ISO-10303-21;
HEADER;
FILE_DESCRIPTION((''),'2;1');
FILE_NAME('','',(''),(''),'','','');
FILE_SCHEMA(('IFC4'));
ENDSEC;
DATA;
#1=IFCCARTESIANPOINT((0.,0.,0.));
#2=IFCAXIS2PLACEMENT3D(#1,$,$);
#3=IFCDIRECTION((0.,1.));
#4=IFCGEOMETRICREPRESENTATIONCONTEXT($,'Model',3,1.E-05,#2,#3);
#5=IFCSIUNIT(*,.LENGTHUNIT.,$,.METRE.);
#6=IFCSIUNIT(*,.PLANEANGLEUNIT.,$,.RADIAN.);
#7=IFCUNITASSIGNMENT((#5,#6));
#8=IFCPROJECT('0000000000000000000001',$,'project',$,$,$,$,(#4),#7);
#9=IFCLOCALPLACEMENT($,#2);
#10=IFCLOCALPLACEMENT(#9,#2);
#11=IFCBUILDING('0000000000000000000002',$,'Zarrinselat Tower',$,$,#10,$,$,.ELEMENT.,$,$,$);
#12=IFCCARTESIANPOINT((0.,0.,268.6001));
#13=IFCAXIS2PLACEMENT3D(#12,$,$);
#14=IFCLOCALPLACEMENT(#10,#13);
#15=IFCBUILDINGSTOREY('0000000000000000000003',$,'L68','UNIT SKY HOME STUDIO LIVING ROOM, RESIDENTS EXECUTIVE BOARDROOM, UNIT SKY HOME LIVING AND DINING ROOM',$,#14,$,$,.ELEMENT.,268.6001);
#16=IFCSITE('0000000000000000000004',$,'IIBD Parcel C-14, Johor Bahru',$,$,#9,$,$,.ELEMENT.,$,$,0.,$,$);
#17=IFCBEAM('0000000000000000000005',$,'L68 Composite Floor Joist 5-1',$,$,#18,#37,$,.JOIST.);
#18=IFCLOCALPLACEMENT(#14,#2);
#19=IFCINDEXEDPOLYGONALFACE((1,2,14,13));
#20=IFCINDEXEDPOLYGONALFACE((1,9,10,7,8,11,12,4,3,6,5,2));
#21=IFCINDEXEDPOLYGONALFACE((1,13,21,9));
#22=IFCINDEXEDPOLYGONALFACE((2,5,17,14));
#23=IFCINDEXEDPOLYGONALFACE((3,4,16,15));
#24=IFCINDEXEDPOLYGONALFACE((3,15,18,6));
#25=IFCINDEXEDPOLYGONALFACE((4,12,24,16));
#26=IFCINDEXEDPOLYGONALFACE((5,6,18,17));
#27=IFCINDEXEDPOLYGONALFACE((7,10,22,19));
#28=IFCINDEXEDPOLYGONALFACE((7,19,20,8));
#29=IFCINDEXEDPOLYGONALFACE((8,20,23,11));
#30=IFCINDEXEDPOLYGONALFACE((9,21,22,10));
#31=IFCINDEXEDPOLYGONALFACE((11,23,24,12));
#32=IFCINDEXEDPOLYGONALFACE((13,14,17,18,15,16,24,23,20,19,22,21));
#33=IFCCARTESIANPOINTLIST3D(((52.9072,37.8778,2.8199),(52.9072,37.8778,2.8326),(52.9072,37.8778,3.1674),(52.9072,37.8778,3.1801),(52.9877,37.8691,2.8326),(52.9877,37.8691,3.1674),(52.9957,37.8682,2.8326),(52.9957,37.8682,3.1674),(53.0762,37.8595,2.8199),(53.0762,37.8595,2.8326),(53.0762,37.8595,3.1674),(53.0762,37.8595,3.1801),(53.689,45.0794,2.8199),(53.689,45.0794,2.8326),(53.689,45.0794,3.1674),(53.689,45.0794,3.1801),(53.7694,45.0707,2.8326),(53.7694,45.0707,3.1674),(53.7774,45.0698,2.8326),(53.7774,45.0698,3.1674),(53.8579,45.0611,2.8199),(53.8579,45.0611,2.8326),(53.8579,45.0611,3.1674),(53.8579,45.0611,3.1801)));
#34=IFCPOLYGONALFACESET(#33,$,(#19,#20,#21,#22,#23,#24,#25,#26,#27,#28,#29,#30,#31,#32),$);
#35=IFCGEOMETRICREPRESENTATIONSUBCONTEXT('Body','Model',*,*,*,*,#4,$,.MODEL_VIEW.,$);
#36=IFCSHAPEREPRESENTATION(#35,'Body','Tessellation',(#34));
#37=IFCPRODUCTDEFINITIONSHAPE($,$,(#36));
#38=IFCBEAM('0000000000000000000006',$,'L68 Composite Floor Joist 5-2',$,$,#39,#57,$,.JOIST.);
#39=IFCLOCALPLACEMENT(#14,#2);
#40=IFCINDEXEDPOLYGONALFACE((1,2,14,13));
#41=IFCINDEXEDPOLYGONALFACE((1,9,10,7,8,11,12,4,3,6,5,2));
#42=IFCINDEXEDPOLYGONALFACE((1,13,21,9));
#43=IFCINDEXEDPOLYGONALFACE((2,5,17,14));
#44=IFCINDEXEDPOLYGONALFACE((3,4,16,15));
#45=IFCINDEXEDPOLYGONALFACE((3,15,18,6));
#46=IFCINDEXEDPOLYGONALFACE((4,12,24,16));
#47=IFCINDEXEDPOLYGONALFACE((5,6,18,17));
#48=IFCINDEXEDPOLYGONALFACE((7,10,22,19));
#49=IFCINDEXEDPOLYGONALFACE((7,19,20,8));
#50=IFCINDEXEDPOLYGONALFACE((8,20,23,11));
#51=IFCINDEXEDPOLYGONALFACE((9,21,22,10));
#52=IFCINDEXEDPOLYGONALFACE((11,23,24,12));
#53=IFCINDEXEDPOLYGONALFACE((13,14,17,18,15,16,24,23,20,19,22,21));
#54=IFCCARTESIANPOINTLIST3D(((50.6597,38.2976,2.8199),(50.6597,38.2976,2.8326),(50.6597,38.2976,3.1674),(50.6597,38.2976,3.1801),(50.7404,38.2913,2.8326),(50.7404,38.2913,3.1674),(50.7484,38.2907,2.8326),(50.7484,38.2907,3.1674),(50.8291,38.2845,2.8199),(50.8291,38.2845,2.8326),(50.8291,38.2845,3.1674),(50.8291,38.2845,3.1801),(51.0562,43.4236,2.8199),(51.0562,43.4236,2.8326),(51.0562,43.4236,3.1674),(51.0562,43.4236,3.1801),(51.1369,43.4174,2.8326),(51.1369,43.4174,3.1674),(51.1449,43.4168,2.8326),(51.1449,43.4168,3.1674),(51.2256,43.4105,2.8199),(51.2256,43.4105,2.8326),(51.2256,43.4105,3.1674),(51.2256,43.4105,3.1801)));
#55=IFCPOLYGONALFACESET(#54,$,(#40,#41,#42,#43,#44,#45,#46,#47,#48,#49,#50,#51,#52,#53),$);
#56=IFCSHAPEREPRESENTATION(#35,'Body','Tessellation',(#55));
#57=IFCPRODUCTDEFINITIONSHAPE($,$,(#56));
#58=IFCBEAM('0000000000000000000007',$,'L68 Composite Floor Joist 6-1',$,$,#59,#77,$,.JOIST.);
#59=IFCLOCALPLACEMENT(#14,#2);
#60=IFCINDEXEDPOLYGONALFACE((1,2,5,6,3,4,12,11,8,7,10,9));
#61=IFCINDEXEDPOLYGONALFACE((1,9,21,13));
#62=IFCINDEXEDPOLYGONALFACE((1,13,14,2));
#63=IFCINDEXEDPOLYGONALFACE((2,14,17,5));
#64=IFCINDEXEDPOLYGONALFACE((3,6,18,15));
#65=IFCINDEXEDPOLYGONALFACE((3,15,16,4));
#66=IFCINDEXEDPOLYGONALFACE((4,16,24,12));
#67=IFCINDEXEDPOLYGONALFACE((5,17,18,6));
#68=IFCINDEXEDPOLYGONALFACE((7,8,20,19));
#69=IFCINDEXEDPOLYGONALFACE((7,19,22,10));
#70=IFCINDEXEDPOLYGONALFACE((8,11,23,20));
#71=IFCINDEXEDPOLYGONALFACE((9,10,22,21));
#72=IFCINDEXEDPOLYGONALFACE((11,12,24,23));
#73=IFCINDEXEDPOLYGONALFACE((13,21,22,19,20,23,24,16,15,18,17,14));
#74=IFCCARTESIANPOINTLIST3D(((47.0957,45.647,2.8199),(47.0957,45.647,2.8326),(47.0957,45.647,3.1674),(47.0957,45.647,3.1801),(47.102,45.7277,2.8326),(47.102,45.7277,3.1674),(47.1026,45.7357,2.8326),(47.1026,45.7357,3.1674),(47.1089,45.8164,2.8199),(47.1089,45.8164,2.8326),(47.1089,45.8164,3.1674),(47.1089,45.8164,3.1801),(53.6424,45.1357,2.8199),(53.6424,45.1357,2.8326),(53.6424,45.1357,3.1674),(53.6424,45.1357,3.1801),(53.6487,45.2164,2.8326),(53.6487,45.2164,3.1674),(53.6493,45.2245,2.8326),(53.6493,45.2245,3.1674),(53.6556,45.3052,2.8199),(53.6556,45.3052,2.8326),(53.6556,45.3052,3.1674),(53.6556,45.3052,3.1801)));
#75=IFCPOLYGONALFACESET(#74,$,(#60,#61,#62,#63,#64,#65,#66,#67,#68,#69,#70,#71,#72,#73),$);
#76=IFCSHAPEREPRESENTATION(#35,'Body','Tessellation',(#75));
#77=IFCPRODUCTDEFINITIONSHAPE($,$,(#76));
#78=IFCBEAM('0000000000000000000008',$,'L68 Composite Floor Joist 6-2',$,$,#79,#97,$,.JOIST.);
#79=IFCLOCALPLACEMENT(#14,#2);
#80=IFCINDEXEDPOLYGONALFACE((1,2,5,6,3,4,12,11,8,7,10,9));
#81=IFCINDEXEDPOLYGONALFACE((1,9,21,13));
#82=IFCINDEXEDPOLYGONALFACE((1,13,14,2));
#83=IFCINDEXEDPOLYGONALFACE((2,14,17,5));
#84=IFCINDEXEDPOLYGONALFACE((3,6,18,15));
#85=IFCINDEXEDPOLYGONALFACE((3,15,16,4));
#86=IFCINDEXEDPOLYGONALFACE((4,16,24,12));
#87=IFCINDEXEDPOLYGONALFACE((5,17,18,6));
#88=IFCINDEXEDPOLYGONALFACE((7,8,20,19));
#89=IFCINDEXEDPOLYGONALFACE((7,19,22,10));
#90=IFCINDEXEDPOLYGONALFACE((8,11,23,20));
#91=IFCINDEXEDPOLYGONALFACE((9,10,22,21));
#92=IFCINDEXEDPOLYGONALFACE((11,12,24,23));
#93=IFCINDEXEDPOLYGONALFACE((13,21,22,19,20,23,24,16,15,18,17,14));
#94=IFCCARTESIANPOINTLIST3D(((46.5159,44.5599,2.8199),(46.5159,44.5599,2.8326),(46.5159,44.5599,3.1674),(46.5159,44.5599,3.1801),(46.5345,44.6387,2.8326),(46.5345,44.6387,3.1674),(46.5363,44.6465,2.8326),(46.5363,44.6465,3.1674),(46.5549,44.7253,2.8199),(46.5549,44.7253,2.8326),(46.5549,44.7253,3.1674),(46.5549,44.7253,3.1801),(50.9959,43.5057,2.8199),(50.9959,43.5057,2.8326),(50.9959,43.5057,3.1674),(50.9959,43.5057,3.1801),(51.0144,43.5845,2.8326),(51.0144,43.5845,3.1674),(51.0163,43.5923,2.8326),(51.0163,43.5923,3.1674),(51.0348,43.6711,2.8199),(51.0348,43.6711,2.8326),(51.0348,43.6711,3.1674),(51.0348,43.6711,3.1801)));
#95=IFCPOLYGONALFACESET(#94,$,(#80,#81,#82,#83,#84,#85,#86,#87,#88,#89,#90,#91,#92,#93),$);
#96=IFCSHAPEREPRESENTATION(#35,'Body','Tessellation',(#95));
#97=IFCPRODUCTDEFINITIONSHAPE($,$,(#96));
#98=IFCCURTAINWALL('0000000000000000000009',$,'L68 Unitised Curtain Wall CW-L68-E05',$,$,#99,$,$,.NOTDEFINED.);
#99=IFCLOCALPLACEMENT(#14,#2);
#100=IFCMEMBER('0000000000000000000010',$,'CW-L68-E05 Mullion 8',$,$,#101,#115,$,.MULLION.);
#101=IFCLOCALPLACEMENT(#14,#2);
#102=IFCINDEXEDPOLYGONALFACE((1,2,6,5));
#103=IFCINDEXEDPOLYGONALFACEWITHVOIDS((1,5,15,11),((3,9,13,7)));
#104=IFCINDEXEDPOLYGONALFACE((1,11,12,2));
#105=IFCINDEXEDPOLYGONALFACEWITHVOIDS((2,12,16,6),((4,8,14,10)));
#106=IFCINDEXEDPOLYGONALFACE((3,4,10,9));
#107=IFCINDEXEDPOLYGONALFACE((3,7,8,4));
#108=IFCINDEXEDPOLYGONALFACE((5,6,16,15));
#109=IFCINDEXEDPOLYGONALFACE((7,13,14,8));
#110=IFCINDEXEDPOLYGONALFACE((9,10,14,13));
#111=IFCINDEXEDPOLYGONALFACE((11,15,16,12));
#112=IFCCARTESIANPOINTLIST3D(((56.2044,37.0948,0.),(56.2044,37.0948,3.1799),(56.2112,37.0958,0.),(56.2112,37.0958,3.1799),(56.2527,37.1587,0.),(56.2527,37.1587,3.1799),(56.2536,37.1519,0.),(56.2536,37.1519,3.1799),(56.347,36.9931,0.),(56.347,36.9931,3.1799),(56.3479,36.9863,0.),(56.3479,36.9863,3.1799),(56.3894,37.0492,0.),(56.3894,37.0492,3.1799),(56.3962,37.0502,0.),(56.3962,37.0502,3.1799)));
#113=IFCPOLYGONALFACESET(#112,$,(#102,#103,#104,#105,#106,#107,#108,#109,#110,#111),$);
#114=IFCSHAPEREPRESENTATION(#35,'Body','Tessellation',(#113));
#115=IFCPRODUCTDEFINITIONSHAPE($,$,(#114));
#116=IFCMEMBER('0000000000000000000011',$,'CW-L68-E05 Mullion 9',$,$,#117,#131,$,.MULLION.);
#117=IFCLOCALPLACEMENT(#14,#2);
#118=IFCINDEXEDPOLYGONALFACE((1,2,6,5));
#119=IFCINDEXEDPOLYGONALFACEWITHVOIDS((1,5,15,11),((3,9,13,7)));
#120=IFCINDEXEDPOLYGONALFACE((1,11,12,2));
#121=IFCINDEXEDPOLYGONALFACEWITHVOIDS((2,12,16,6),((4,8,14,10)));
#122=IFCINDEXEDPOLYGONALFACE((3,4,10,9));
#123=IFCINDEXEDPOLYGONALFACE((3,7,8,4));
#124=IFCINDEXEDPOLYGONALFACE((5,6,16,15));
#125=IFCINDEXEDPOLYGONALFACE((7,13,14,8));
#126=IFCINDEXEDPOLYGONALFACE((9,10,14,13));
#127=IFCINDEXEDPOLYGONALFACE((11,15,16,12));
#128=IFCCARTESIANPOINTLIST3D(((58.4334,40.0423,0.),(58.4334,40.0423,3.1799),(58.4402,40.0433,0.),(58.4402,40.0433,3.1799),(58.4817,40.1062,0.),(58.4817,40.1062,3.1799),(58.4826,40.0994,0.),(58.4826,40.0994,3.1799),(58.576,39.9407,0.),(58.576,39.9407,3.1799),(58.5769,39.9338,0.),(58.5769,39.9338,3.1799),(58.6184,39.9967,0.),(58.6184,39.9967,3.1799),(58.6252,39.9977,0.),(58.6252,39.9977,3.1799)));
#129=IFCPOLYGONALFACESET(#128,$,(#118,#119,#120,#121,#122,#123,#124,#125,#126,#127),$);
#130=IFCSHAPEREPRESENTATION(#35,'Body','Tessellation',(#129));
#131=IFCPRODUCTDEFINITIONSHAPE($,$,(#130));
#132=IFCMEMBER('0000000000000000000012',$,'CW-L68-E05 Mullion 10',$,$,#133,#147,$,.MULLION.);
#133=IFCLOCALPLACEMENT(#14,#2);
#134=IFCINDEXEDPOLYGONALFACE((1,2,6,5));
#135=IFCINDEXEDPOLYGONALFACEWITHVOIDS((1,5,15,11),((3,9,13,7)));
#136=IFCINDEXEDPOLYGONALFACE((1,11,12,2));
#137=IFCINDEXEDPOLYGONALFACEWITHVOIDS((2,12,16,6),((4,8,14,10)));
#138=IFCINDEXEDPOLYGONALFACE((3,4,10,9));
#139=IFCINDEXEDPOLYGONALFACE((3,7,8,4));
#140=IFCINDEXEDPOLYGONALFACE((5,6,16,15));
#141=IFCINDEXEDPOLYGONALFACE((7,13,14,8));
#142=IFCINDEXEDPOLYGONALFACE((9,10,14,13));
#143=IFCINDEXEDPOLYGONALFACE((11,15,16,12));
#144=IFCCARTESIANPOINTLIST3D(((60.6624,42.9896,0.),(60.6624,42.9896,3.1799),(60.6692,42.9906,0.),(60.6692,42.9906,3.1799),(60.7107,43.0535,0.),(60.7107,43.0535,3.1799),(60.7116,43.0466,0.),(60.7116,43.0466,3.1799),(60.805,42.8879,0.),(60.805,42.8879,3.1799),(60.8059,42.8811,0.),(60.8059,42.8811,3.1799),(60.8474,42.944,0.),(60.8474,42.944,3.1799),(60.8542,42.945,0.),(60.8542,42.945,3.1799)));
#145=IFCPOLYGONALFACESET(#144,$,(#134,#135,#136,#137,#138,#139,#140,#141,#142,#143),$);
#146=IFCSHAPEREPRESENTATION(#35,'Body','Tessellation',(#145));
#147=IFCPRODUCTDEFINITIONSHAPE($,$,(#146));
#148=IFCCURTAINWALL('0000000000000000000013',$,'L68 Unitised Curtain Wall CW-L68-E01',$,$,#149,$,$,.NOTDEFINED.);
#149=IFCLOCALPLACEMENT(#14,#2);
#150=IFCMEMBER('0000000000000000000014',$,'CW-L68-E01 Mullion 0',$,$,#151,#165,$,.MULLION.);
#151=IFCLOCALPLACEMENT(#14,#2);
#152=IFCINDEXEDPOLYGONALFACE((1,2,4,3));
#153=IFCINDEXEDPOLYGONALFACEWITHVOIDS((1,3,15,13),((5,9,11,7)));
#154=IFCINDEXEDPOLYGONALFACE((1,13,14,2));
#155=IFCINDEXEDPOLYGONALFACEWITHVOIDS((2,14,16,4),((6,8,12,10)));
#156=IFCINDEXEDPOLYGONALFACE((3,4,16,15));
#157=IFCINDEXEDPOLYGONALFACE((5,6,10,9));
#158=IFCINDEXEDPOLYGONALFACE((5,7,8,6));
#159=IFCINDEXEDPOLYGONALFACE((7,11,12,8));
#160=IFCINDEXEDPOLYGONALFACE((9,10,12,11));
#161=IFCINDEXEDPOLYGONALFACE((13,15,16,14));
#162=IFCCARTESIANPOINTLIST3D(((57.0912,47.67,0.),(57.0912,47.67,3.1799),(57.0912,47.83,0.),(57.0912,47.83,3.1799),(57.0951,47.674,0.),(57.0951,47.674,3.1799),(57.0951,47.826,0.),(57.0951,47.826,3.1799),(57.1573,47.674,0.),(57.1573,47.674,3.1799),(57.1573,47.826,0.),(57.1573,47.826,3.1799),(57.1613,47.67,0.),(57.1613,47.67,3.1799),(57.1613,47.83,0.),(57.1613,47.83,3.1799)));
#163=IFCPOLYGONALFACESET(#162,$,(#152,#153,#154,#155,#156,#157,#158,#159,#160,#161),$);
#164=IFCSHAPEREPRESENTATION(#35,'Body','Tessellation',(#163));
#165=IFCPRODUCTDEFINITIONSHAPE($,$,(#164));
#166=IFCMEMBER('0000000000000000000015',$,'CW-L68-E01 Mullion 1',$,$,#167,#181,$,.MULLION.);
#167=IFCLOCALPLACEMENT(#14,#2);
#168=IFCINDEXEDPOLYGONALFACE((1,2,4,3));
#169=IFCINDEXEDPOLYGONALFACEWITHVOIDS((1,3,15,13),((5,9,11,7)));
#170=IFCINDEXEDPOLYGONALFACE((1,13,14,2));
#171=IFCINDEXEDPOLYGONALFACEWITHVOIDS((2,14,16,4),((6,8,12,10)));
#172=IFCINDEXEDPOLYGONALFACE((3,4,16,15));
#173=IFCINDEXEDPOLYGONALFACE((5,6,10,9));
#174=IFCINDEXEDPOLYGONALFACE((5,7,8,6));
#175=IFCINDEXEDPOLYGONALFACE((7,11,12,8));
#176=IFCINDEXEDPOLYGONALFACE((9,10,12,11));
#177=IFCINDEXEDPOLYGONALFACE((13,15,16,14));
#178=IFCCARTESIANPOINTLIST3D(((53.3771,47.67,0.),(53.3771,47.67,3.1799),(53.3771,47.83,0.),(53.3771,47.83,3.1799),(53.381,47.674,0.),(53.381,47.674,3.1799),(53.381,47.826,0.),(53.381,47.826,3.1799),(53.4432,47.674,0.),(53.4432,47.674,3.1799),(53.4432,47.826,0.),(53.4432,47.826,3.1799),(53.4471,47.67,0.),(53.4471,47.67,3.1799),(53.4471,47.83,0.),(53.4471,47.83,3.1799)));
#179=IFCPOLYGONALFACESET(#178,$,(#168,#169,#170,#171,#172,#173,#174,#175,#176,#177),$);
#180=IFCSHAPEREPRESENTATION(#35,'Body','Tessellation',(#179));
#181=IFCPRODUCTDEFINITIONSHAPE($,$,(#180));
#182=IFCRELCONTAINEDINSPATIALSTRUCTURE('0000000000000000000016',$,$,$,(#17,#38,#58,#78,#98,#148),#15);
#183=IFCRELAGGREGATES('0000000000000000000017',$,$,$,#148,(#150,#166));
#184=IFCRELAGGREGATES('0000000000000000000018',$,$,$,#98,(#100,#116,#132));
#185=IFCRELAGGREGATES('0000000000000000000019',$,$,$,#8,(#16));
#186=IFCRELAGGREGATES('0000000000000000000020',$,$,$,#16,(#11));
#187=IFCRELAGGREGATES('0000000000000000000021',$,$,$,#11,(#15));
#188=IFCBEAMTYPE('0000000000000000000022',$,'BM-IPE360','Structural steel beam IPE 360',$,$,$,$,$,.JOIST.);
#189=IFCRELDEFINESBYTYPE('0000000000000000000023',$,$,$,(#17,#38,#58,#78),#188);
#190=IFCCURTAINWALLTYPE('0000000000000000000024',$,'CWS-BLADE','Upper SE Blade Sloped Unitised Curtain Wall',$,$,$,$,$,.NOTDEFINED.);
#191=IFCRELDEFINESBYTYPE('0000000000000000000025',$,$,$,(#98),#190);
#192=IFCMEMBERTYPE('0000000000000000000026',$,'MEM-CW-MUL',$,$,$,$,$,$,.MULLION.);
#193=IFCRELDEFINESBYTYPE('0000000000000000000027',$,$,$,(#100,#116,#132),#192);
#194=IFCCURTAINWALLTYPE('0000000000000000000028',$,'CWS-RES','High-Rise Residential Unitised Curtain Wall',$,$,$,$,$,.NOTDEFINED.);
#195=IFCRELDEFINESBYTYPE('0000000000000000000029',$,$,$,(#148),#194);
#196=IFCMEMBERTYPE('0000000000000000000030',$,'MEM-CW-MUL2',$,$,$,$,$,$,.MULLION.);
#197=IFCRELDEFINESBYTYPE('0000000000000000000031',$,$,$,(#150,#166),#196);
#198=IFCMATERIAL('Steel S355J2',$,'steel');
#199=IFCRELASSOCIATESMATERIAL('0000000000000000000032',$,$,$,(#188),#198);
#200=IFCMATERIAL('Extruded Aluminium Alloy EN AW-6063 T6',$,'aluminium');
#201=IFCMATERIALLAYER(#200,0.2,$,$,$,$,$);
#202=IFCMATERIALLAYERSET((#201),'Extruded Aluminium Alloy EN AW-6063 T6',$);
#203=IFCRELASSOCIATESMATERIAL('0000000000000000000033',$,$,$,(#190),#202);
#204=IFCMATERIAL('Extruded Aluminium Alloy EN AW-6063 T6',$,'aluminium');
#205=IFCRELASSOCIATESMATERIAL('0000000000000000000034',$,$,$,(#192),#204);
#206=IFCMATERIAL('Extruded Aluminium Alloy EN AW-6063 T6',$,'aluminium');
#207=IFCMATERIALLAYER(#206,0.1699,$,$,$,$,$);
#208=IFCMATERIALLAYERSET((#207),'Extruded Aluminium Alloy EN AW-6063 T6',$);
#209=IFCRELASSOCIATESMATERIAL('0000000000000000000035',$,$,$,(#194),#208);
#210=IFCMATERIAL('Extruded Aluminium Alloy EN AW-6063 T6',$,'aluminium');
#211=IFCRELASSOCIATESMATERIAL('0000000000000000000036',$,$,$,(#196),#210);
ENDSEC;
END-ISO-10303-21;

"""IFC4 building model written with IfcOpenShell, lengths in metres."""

from ifc_helpers import new_model, si_unit, direction, frame, origin, origin_2d, place, context, subcontext, project, spatial, hollow_rectangle, i_section, extrude, material, layer, layer_set, material_profile, profile_set, type_object, element, aggregate, save


model = new_model("IFC4")

# Units and contexts
model_context = context("Model", 3, precision=1e-05, world=origin(), true_north=direction((0.0, 1.0)))
body_context = subcontext(model_context, "Body", "Model", "MODEL_VIEW")
ifc_project = project(units=[si_unit("LENGTHUNIT", "METRE"), si_unit("PLANEANGLEUNIT", "RADIAN")], contexts=[model_context])

# Site, building, storey
site_placement = place(None, origin())
site = spatial("IfcSite", under=ifc_project, at=site_placement, Name="IIBD Parcel C-14, Johor Bahru", CompositionType="ELEMENT", RefElevation=0.0)
building_placement = place(site_placement, origin())
building = spatial("IfcBuilding", under=site, at=building_placement, Name="Zarrinselat Tower", CompositionType="ELEMENT")
storey_placement = place(building_placement, frame((0.0, 0.0, 268.6001)))
storey = spatial("IfcBuildingStorey", under=building, at=storey_placement, Name="L68", Description="UNIT SKY HOME STUDIO LIVING ROOM, RESIDENTS EXECUTIVE BOARDROOM, UNIT SKY HOME LIVING AND DINING ROOM", CompositionType="ELEMENT", Elevation=268.6001)

# Beams
ifc_material_1 = material(Name="Steel S355J2", Category="steel")
ifc_material_profile_1 = material_profile(ifc_material_1, i_section(OverallWidth=0.1699, OverallDepth=0.3601, WebThickness=0.0081, FlangeThickness=0.0127, at=origin_2d()), Name="IPE 360")
ifc_profile_set_1 = profile_set([ifc_material_profile_1], Name="Steel S355J2")
beam_type_1 = type_object("IfcBeamType", Name="BM-IPE360", Description="Structural steel beam IPE 360", PredefinedType="JOIST", material=ifc_profile_set_1)
beam_1_placement = place(storey_placement, frame((52.9917, 37.8687, 3.0), z_axis=(0.107916, 0.99416, 0.0), x_axis=(-0.99416, 0.107916, 0.0)))
element("IfcBeam", 1, at=beam_1_placement, inside=storey, type_object=beam_type_1, Name="L68 Composite Floor Joist 5-1", PredefinedType="JOIST", context=body_context, shape_type="SweptSolid", body=[
    extrude(i_section(OverallWidth=0.1699, OverallDepth=0.3601, WebThickness=0.0081, FlangeThickness=0.0127, at=origin_2d()), origin(), (0.0, 0.0, 1.0), 7.2439),
])
beam_2_placement = place(storey_placement, frame((50.7444, 38.291, 3.0), z_axis=(0.077118, 0.997022, 0.0), x_axis=(-0.997022, 0.077118, 0.0)))
element("IfcBeam", 2, at=beam_2_placement, inside=storey, type_object=beam_type_1, Name="L68 Composite Floor Joist 5-2", PredefinedType="JOIST", context=body_context, shape_type="SweptSolid", body=[
    extrude(i_section(OverallWidth=0.1699, OverallDepth=0.3601, WebThickness=0.0081, FlangeThickness=0.0127, at=origin_2d()), origin(), (0.0, 0.0, 1.0), 5.1414),
])
beam_3_placement = place(storey_placement, frame((47.1023, 45.7317, 3.0), z_axis=(0.996965, -0.077854, 0.0), x_axis=(0.077854, 0.996965, 0.0)))
element("IfcBeam", 3, at=beam_3_placement, inside=storey, type_object=beam_type_1, Name="L68 Composite Floor Joist 6-1", PredefinedType="JOIST", context=body_context, shape_type="SweptSolid", body=[
    extrude(i_section(OverallWidth=0.1699, OverallDepth=0.3601, WebThickness=0.0081, FlangeThickness=0.0127, at=origin_2d()), origin(), (0.0, 0.0, 1.0), 6.5667),
])
beam_4_placement = place(storey_placement, frame((46.5354, 44.6426, 3.0), z_axis=(0.973413, -0.229057, 0.0), x_axis=(0.229057, 0.973413, 0.0)))
element("IfcBeam", 4, at=beam_4_placement, inside=storey, type_object=beam_type_1, Name="L68 Composite Floor Joist 6-2", PredefinedType="JOIST", context=body_context, shape_type="SweptSolid", body=[
    extrude(i_section(OverallWidth=0.1699, OverallDepth=0.3601, WebThickness=0.0081, FlangeThickness=0.0127, at=origin_2d()), origin(), (0.0, 0.0, 1.0), 4.6023),
])

# Curtain walls, members
ifc_material_2 = material(Name="Extruded Aluminium Alloy EN AW-6063 T6", Category="aluminium")
ifc_layer_1 = layer(ifc_material_2, 0.2)
ifc_layer_set_1 = layer_set([ifc_layer_1], Name="Extruded Aluminium Alloy EN AW-6063 T6")
curtain_wall_type_1 = type_object("IfcCurtainWallType", Name="CWS-BLADE", Description="Upper SE Blade Sloped Unitised Curtain Wall", PredefinedType="NOTDEFINED", material=ifc_layer_set_1)
curtain_wall_1_placement = place(storey_placement, origin())
curtain_wall_1 = element("IfcCurtainWall", 5, at=curtain_wall_1_placement, inside=storey, type_object=curtain_wall_type_1, Name="L68 Unitised Curtain Wall CW-L68-E05", PredefinedType="NOTDEFINED")
ifc_material_3 = material(Name="Extruded Aluminium Alloy EN AW-6063 T6", Category="aluminium")
ifc_material_profile_2 = material_profile(ifc_material_3, hollow_rectangle(XDim=0.0801, YDim=0.1799, WallThickness=0.0049, at=origin_2d()), Name="RHS 180x80x5")
ifc_profile_set_2 = profile_set([ifc_material_profile_2], Name="Extruded Aluminium Alloy EN AW-6063 T6")
member_type_1 = type_object("IfcMemberType", Name="MEM-CW-MUL", PredefinedType="MULLION", material=ifc_profile_set_2)
member_1_placement = place(storey_placement, frame((56.3003, 37.0725, 0.0), z_axis=(0.0, 0.0, 1.0), x_axis=(0.60317, 0.797613, 0.0)))
member_1 = element("IfcMember", 6, at=member_1_placement, type_object=member_type_1, Name="CW-L68-E05 Mullion 8", PredefinedType="MULLION", context=body_context, shape_type="SweptSolid", body=[
    extrude(hollow_rectangle(XDim=0.0801, YDim=0.1799, WallThickness=0.0049, at=origin_2d()), origin(), (0.0, 0.0, 1.0), 3.1799),
])
member_2_placement = place(storey_placement, frame((58.5293, 40.02, 0.0), z_axis=(0.0, 0.0, 1.0), x_axis=(0.60317, 0.797613, 0.0)))
member_2 = element("IfcMember", 7, at=member_2_placement, type_object=member_type_1, Name="CW-L68-E05 Mullion 9", PredefinedType="MULLION", context=body_context, shape_type="SweptSolid", body=[
    extrude(hollow_rectangle(XDim=0.0801, YDim=0.1799, WallThickness=0.0049, at=origin_2d()), origin(), (0.0, 0.0, 1.0), 3.1799),
])
member_3_placement = place(storey_placement, frame((60.7583, 42.9673, 0.0), z_axis=(0.0, 0.0, 1.0), x_axis=(0.60317, 0.797613, 0.0)))
member_3 = element("IfcMember", 8, at=member_3_placement, type_object=member_type_1, Name="CW-L68-E05 Mullion 10", PredefinedType="MULLION", context=body_context, shape_type="SweptSolid", body=[
    extrude(hollow_rectangle(XDim=0.0801, YDim=0.1799, WallThickness=0.0049, at=origin_2d()), origin(), (0.0, 0.0, 1.0), 3.1799),
])
ifc_material_4 = material(Name="Extruded Aluminium Alloy EN AW-6063 T6", Category="aluminium")
ifc_layer_2 = layer(ifc_material_4, 0.1699)
ifc_layer_set_2 = layer_set([ifc_layer_2], Name="Extruded Aluminium Alloy EN AW-6063 T6")
curtain_wall_type_2 = type_object("IfcCurtainWallType", Name="CWS-RES", Description="High-Rise Residential Unitised Curtain Wall", PredefinedType="NOTDEFINED", material=ifc_layer_set_2)
curtain_wall_2_placement = place(storey_placement, origin())
curtain_wall_2 = element("IfcCurtainWall", 9, at=curtain_wall_2_placement, inside=storey, type_object=curtain_wall_type_2, Name="L68 Unitised Curtain Wall CW-L68-E01", PredefinedType="NOTDEFINED")
ifc_material_5 = material(Name="Extruded Aluminium Alloy EN AW-6063 T6", Category="aluminium")
ifc_material_profile_3 = material_profile(ifc_material_5, hollow_rectangle(XDim=0.0701, YDim=0.1599, WallThickness=0.0039, at=origin_2d()), Name="RHS 160x70x4")
ifc_profile_set_3 = profile_set([ifc_material_profile_3], Name="Extruded Aluminium Alloy EN AW-6063 T6")
member_type_2 = type_object("IfcMemberType", Name="MEM-CW-MUL2", PredefinedType="MULLION", material=ifc_profile_set_3)
member_4_placement = place(storey_placement, frame((57.1262, 47.75, 0.0), z_axis=(0.0, 0.0, 1.0), x_axis=(-1.0, 0.0, 0.0)))
member_4 = element("IfcMember", 10, at=member_4_placement, type_object=member_type_2, Name="CW-L68-E01 Mullion 0", PredefinedType="MULLION", context=body_context, shape_type="SweptSolid", body=[
    extrude(hollow_rectangle(XDim=0.0701, YDim=0.1599, WallThickness=0.0039, at=origin_2d()), origin(), (0.0, 0.0, 1.0), 3.1799),
])
member_5_placement = place(storey_placement, frame((53.4121, 47.75, 0.0), z_axis=(0.0, 0.0, 1.0), x_axis=(-1.0, 0.0, 0.0)))
member_5 = element("IfcMember", 11, at=member_5_placement, type_object=member_type_2, Name="CW-L68-E01 Mullion 1", PredefinedType="MULLION", context=body_context, shape_type="SweptSolid", body=[
    extrude(hollow_rectangle(XDim=0.0701, YDim=0.1599, WallThickness=0.0039, at=origin_2d()), origin(), (0.0, 0.0, 1.0), 3.1799),
])

aggregate(curtain_wall_2, [member_4, member_5])
aggregate(curtain_wall_1, [member_1, member_2, member_3])

save(model, "model.ifc")
